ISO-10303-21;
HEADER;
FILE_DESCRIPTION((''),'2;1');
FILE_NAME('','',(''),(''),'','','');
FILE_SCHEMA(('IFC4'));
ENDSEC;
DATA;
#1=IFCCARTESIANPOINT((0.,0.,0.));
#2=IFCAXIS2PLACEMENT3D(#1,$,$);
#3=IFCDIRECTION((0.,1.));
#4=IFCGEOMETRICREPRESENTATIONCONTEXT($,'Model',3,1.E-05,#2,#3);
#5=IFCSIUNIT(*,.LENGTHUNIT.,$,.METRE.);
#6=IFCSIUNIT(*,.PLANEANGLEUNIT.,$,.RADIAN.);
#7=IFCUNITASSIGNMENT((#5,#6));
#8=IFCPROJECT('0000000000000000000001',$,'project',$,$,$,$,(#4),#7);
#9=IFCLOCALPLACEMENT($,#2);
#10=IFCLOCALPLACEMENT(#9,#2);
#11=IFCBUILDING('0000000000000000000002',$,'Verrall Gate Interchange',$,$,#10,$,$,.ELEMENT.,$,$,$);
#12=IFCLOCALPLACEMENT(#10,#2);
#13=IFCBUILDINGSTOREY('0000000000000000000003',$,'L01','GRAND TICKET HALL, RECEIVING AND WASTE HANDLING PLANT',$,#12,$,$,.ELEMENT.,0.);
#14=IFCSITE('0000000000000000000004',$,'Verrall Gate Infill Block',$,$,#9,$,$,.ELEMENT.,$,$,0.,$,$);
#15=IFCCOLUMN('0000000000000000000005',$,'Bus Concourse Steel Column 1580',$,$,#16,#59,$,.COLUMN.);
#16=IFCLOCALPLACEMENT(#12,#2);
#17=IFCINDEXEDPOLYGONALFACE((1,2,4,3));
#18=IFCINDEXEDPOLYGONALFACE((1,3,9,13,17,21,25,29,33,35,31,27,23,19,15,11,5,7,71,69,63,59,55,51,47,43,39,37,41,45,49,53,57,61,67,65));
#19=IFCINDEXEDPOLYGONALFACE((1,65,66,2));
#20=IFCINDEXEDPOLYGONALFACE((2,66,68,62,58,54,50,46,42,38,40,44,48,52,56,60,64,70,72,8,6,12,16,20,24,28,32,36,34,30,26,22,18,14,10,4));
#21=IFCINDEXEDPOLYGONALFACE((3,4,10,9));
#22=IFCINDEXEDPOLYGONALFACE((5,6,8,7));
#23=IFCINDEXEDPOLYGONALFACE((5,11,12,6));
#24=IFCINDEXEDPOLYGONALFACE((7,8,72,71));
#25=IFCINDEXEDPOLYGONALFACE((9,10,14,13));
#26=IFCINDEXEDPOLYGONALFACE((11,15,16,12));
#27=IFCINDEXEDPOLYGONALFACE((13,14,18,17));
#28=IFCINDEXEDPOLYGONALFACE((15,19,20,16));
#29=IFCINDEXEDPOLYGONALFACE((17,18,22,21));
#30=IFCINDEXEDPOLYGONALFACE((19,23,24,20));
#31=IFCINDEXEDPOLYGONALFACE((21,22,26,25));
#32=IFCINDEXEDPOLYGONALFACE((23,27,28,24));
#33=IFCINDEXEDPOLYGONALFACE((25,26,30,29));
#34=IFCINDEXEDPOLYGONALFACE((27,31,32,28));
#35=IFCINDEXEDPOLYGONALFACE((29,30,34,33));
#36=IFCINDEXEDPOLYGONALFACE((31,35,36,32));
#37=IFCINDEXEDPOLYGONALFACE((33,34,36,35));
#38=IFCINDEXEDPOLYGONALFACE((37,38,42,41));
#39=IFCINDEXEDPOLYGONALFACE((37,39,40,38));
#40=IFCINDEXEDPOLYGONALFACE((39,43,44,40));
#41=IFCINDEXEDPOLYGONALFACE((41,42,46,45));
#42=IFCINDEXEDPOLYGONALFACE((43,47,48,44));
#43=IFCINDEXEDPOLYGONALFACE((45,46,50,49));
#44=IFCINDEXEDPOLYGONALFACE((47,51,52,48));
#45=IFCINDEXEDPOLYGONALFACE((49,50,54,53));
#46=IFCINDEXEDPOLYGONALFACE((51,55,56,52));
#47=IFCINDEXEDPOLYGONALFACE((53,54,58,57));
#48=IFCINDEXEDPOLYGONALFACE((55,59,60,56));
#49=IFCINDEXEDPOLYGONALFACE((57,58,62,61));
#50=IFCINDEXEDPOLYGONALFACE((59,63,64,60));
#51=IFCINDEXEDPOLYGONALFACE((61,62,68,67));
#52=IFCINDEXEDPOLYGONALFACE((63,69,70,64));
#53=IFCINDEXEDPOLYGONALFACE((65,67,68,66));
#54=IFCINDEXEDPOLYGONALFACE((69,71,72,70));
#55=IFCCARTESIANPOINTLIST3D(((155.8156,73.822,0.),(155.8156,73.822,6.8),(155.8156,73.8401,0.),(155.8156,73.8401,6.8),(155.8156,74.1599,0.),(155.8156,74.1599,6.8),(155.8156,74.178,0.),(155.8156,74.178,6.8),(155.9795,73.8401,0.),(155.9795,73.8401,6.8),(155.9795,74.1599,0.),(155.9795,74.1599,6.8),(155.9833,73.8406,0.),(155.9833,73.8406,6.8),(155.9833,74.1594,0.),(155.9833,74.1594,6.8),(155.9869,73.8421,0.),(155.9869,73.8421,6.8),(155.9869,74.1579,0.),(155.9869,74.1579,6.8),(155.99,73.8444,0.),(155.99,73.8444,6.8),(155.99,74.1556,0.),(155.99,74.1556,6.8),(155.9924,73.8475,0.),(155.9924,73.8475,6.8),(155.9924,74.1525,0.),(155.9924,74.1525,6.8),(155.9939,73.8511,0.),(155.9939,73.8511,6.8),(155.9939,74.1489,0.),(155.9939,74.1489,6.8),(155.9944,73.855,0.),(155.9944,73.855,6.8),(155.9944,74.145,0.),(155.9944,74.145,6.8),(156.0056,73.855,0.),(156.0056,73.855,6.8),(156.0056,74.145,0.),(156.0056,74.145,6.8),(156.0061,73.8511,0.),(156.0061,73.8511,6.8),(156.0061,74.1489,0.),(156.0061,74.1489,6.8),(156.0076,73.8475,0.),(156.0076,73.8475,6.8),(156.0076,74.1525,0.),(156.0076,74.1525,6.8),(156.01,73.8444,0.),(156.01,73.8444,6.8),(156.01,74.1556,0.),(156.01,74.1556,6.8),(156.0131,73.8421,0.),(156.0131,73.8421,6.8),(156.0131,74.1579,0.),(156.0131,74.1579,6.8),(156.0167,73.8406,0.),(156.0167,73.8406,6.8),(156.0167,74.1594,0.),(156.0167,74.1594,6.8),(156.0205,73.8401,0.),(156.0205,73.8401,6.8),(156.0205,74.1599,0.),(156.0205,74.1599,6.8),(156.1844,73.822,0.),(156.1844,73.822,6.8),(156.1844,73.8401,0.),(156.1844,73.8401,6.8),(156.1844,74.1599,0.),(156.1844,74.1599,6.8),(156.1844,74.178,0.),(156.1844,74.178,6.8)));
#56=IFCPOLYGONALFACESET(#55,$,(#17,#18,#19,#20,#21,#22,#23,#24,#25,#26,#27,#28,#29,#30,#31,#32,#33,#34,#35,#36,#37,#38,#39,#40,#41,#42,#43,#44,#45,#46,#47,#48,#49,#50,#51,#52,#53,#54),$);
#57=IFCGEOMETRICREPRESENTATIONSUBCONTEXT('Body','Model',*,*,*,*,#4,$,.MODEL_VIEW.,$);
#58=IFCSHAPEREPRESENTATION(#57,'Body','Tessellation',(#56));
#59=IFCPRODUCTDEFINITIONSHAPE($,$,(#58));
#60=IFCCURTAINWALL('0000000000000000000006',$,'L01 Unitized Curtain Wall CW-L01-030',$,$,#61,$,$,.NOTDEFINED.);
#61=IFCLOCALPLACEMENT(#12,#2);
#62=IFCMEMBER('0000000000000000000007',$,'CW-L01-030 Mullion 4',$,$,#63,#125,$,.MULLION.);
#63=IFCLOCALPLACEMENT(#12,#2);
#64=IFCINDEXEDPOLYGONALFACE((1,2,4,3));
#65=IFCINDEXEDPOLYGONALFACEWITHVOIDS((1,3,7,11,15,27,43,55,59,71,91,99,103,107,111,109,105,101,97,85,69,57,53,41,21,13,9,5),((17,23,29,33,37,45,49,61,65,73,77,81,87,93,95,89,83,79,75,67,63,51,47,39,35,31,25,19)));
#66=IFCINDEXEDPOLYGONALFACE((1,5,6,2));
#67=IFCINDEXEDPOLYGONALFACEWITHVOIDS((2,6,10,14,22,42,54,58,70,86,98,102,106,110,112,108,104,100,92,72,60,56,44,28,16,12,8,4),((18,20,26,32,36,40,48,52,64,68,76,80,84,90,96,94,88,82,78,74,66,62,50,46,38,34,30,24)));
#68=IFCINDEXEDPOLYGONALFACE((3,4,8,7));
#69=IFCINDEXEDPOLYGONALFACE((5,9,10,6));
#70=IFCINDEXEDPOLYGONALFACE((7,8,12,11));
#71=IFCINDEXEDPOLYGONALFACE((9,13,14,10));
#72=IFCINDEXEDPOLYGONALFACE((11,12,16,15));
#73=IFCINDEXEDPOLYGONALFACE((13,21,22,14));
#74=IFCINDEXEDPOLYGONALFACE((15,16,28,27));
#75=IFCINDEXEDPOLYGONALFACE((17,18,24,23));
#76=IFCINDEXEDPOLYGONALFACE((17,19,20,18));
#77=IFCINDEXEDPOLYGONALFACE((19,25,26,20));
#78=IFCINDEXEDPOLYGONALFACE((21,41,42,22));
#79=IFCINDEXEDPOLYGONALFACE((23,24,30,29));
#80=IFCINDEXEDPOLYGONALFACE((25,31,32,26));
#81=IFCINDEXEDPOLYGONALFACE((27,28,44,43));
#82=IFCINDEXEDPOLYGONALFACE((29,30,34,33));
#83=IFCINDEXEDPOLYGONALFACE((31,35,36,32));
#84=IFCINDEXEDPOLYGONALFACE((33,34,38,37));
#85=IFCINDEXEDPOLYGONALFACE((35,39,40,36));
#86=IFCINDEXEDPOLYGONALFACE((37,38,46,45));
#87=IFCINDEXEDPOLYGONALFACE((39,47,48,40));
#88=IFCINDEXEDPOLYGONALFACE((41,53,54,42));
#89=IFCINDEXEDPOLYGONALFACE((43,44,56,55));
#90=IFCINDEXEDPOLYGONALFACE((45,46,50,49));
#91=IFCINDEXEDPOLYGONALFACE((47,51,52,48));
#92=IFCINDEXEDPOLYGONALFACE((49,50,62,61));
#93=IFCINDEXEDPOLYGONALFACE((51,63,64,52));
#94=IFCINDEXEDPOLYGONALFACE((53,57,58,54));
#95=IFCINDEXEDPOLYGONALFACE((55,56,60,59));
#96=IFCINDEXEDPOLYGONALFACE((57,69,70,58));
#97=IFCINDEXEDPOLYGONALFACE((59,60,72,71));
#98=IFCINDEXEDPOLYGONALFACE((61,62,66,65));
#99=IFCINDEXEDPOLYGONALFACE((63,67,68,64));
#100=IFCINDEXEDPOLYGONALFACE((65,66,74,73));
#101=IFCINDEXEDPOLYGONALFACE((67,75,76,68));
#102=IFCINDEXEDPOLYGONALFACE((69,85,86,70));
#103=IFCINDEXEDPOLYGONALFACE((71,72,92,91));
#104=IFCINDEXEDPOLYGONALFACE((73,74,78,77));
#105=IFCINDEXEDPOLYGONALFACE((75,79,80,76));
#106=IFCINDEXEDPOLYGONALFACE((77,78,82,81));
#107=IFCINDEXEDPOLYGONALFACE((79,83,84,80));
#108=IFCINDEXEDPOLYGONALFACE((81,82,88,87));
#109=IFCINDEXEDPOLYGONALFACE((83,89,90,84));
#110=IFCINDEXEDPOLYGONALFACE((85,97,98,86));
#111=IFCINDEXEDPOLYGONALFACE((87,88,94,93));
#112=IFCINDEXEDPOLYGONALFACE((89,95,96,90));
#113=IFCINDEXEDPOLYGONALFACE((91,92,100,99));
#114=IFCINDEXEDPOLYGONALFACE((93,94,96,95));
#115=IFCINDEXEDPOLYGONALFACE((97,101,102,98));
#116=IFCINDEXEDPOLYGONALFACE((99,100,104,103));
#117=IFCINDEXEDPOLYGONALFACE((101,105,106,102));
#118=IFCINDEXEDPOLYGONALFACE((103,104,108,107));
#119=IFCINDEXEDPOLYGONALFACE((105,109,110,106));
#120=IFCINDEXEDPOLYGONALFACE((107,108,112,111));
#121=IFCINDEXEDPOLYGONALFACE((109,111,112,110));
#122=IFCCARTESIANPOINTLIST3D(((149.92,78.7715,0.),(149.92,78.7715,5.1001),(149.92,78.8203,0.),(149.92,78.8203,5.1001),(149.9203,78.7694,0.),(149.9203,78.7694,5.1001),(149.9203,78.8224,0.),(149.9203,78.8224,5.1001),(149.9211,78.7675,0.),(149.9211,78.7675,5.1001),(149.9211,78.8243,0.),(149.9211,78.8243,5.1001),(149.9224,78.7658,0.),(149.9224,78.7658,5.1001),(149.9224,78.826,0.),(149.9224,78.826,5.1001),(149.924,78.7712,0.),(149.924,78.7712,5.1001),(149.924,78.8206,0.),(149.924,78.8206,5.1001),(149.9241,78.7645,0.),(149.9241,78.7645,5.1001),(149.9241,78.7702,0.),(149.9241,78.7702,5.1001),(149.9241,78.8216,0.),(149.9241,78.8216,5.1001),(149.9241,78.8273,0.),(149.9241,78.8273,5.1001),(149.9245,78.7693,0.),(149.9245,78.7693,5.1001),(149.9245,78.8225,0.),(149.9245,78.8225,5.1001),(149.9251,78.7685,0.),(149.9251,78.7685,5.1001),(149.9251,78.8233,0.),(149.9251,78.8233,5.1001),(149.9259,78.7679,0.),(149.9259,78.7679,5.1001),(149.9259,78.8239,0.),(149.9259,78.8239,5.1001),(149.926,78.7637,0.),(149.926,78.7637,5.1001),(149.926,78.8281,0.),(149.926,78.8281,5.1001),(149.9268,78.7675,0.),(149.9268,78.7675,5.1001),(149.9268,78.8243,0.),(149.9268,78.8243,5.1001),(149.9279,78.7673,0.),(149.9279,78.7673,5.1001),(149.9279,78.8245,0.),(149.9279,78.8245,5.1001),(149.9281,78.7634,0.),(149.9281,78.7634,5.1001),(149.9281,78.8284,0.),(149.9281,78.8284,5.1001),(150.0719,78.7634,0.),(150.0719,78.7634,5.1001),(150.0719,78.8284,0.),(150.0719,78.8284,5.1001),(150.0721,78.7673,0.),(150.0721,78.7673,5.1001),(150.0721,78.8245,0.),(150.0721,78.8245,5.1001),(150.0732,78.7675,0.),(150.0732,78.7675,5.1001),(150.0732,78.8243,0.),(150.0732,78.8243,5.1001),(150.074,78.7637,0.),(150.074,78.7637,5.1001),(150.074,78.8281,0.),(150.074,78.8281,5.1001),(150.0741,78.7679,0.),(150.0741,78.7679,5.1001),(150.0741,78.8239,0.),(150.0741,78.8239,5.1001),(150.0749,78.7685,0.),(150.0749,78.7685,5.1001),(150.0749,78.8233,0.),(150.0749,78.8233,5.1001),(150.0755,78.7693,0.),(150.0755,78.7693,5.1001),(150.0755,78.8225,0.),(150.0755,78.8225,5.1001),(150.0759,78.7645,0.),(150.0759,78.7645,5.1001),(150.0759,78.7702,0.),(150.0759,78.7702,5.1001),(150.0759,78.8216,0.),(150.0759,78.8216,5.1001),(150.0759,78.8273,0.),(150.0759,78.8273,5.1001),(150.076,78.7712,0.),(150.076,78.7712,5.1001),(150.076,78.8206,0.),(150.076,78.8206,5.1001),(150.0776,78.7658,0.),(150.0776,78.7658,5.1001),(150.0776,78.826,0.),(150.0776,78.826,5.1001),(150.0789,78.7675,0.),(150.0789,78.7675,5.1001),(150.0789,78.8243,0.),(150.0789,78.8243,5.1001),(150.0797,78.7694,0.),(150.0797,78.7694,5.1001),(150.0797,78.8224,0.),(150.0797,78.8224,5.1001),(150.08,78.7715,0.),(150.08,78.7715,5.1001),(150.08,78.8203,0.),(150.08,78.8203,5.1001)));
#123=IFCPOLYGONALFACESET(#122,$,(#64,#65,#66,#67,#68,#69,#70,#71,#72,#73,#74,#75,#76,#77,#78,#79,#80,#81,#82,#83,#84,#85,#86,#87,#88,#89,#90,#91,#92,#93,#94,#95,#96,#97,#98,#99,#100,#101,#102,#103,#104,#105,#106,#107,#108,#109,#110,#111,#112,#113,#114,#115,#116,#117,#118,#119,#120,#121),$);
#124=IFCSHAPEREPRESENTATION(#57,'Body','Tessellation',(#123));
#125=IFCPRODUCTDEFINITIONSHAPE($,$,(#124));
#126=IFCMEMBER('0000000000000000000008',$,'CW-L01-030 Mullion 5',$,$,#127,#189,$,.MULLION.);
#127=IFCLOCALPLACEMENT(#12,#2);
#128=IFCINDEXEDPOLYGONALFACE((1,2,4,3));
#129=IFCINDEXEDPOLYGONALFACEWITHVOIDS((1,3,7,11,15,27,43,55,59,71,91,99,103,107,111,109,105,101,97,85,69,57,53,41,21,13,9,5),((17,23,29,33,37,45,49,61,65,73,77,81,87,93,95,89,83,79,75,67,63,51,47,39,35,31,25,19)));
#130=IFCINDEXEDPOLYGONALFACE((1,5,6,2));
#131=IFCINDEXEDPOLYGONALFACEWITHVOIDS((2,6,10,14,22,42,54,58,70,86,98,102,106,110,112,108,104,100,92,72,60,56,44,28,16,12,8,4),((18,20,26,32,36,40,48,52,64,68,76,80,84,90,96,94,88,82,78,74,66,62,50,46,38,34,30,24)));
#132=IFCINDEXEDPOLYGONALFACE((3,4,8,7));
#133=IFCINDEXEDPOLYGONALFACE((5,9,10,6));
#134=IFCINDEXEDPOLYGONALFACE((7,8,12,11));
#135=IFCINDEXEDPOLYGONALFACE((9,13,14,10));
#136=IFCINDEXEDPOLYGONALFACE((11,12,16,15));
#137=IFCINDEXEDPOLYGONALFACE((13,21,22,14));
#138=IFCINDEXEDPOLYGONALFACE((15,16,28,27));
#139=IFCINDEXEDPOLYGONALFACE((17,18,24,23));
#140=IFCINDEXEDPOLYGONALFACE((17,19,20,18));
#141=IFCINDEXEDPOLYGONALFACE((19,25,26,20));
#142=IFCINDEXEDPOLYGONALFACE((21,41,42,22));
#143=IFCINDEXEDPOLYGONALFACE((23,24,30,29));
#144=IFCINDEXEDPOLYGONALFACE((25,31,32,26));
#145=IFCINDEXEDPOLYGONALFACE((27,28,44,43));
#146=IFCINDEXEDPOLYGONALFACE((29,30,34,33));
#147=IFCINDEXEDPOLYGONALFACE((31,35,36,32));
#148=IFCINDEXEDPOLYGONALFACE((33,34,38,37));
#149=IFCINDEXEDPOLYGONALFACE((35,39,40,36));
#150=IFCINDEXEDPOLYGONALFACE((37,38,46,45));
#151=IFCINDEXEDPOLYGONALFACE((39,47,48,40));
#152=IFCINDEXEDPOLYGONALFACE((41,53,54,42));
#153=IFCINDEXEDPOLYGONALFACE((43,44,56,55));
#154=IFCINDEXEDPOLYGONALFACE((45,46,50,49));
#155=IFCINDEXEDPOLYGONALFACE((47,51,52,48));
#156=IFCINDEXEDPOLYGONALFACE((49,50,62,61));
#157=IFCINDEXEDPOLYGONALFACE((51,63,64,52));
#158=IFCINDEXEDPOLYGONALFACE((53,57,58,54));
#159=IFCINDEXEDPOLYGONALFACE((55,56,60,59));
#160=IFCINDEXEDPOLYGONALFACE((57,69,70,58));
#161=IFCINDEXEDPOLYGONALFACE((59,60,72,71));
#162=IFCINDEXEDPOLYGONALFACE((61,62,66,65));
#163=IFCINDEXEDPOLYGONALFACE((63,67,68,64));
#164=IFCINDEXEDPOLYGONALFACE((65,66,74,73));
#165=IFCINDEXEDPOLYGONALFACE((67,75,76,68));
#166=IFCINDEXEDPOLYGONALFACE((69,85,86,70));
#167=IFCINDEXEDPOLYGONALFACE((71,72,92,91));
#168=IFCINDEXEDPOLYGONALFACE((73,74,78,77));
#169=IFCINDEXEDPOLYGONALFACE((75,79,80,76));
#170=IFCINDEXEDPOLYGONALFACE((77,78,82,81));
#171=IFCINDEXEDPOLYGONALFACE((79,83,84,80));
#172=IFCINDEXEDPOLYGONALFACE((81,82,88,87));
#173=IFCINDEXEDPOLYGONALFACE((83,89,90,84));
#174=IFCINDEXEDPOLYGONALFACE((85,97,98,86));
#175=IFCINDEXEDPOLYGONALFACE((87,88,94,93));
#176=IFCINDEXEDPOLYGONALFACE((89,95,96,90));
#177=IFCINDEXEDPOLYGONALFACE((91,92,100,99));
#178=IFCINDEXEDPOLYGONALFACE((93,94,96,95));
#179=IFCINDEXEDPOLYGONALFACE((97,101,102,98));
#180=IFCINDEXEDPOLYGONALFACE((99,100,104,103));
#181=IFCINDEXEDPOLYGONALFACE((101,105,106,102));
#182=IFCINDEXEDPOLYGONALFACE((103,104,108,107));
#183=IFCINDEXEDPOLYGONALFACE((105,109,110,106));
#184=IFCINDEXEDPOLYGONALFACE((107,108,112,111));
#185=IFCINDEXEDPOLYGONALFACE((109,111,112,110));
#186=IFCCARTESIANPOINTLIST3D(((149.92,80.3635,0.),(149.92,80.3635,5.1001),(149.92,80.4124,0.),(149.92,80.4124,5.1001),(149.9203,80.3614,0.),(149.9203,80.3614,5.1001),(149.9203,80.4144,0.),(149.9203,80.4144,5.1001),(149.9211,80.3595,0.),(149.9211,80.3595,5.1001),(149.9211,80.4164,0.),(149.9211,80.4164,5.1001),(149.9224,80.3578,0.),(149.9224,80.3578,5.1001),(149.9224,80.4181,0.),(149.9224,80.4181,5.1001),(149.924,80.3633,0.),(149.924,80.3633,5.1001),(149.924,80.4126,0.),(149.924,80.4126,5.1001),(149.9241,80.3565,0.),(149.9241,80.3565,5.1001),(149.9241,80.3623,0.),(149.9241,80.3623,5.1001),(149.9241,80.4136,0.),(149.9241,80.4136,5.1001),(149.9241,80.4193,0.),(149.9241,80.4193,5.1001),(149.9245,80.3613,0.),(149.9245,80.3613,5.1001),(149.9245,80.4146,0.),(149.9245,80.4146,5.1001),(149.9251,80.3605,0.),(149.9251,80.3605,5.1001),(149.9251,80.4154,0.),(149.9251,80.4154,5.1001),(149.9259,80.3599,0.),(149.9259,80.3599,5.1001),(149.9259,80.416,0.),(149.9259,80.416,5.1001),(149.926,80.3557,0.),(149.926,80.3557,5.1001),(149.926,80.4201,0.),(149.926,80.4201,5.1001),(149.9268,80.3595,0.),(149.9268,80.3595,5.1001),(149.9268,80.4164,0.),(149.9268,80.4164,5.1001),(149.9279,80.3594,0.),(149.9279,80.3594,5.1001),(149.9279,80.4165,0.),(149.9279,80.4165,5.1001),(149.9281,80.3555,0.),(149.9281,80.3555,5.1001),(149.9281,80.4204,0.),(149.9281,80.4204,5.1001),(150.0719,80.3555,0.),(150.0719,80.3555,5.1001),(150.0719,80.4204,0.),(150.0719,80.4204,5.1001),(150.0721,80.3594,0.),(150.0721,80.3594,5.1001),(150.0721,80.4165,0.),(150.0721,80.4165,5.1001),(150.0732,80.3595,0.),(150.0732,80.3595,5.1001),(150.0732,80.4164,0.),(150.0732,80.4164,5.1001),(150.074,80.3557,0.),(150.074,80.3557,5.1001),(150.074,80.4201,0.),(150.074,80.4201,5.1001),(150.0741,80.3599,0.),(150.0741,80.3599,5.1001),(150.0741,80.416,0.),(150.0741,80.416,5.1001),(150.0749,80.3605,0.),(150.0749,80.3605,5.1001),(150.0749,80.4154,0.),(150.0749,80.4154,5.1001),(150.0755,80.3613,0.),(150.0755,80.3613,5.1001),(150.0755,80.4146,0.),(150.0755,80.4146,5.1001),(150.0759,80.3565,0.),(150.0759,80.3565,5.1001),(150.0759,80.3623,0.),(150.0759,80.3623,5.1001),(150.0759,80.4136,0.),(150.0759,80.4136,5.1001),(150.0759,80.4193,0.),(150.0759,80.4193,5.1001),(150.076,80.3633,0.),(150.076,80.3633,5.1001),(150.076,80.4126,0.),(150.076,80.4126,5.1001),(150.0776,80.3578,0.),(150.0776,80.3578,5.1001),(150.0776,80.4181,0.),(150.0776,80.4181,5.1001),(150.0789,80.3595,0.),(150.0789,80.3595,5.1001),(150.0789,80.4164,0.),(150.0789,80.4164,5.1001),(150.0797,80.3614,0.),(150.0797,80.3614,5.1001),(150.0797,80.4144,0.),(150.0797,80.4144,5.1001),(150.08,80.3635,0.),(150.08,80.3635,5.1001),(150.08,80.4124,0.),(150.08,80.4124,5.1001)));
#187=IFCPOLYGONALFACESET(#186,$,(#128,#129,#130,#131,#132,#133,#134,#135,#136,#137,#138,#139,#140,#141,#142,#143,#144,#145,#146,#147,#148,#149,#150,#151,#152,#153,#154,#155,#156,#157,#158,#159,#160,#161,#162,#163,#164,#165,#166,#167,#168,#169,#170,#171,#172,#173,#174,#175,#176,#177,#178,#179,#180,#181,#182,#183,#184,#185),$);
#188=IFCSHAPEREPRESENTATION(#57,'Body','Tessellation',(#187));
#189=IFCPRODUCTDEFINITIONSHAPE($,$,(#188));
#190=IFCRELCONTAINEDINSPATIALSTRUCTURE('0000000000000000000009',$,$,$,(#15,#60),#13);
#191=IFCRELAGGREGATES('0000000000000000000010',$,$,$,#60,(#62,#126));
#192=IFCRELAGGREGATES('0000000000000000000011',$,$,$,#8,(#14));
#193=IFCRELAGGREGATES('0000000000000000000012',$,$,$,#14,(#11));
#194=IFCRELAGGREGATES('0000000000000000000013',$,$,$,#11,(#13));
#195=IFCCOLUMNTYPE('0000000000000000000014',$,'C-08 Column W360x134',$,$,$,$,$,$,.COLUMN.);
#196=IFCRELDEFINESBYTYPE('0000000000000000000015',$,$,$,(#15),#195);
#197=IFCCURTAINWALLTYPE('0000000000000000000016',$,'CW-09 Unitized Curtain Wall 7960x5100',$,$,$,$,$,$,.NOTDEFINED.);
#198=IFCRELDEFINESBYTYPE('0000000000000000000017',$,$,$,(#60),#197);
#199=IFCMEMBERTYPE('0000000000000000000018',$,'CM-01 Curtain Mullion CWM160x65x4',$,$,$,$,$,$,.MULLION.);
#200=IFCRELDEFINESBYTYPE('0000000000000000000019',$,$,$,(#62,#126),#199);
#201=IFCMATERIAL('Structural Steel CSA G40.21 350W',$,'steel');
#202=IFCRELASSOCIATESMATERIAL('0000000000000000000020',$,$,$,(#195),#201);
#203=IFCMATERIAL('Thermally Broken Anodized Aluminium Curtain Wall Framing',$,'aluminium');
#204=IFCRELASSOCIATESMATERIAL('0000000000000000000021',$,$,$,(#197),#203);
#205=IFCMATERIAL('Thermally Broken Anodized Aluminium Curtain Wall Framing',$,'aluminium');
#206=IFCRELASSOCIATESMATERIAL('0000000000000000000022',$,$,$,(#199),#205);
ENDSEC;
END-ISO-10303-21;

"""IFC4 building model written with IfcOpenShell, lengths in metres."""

from ifc_helpers import new_model, si_unit, direction, frame, origin, origin_2d, place, context, subcontext, project, spatial, hollow_rectangle, i_section, extrude, material, material_profile, profile_set, type_object, element, aggregate, save


model = new_model("IFC4")

# Units and contexts
model_context = context("Model", 3, precision=1e-05, world=origin(), true_north=direction((0.0, 1.0)))
body_context = subcontext(model_context, "Body", "Model", "MODEL_VIEW")
ifc_project = project(units=[si_unit("LENGTHUNIT", "METRE"), si_unit("PLANEANGLEUNIT", "RADIAN")], contexts=[model_context])

# Site, building, storey
site_placement = place(None, origin())
site = spatial("IfcSite", under=ifc_project, at=site_placement, Name="Verrall Gate Infill Block", CompositionType="ELEMENT", RefElevation=0.0)
building_placement = place(site_placement, origin())
building = spatial("IfcBuilding", under=site, at=building_placement, Name="Verrall Gate Interchange", CompositionType="ELEMENT")
storey_placement = place(building_placement, origin())
storey = spatial("IfcBuildingStorey", under=building, at=storey_placement, Name="L01", Description="GRAND TICKET HALL, RECEIVING AND WASTE HANDLING PLANT", CompositionType="ELEMENT", Elevation=0.0)

# Column
ifc_material_1 = material(Name="Structural Steel CSA G40.21 350W", Category="steel")
ifc_material_profile_1 = material_profile(ifc_material_1, i_section(OverallWidth=0.3689, OverallDepth=0.356, WebThickness=0.0112, FlangeThickness=0.0181, FilletRadius=0.0149, at=origin_2d()), Name="W360x134")
ifc_profile_set_1 = profile_set([ifc_material_profile_1], Name="Structural Steel CSA G40.21 350W")
column_type = type_object("IfcColumnType", Name="C-08 Column W360x134", PredefinedType="COLUMN", material=ifc_profile_set_1)
column_placement = place(storey_placement, frame((156.0, 74.0, 0.0), z_axis=(0.0, 0.0, 1.0), x_axis=(1.0, 0.0, 0.0)))
element("IfcColumn", 1, at=column_placement, inside=storey, type_object=column_type, Name="Bus Concourse Steel Column 1580", PredefinedType="COLUMN", context=body_context, shape_type="SweptSolid", body=[
    extrude(i_section(OverallWidth=0.3689, OverallDepth=0.356, WebThickness=0.0112, FlangeThickness=0.0181, FilletRadius=0.0149, at=origin_2d()), origin(), (0.0, 0.0, 1.0), 6.8),
])

# Curtain wall, members
ifc_material_2 = material(Name="Thermally Broken Anodized Aluminium Curtain Wall Framing", Category="aluminium")
curtain_wall_type = type_object("IfcCurtainWallType", Name="CW-09 Unitized Curtain Wall 7960x5100", PredefinedType="NOTDEFINED", material=ifc_material_2)
curtain_wall_1_placement = place(storey_placement, origin())
curtain_wall_1 = element("IfcCurtainWall", 2, at=curtain_wall_1_placement, inside=storey, type_object=curtain_wall_type, Name="L01 Unitized Curtain Wall CW-L01-030", PredefinedType="NOTDEFINED")
ifc_material_3 = material(Name="Thermally Broken Anodized Aluminium Curtain Wall Framing", Category="aluminium")
ifc_material_profile_2 = material_profile(ifc_material_3, hollow_rectangle(XDim=0.0649, YDim=0.1599, WallThickness=0.0039, InnerFilletRadius=0.0039, OuterFilletRadius=0.0081, at=origin_2d()), Name="CWM160x65x4")
ifc_profile_set_2 = profile_set([ifc_material_profile_2], Name="Thermally Broken Anodized Aluminium Curtain Wall Framing")
member_type_1 = type_object("IfcMemberType", Name="CM-01 Curtain Mullion CWM160x65x4", PredefinedType="MULLION", material=ifc_profile_set_2)
member_1_placement = place(storey_placement, frame((150.0, 78.7959, 0.0), z_axis=(0.0, 0.0, 1.0), x_axis=(0.0, 1.0, 0.0)))
member_1 = element("IfcMember", 3, at=member_1_placement, type_object=member_type_1, Name="CW-L01-030 Mullion 4", PredefinedType="MULLION", context=body_context, shape_type="SweptSolid", body=[
    extrude(hollow_rectangle(XDim=0.0649, YDim=0.1599, WallThickness=0.0039, InnerFilletRadius=0.0039, OuterFilletRadius=0.0081, at=origin_2d()), origin(), (0.0, 0.0, 1.0), 5.1001),
])
member_2_placement = place(storey_placement, frame((150.0, 80.3879, 0.0), z_axis=(0.0, 0.0, 1.0), x_axis=(0.0, 1.0, 0.0)))
member_2 = element("IfcMember", 4, at=member_2_placement, type_object=member_type_1, Name="CW-L01-030 Mullion 5", PredefinedType="MULLION", context=body_context, shape_type="SweptSolid", body=[
    extrude(hollow_rectangle(XDim=0.0649, YDim=0.1599, WallThickness=0.0039, InnerFilletRadius=0.0039, OuterFilletRadius=0.0081, at=origin_2d()), origin(), (0.0, 0.0, 1.0), 5.1001),
])

aggregate(curtain_wall_1, [member_1, member_2])

save(model, "model.ifc")
